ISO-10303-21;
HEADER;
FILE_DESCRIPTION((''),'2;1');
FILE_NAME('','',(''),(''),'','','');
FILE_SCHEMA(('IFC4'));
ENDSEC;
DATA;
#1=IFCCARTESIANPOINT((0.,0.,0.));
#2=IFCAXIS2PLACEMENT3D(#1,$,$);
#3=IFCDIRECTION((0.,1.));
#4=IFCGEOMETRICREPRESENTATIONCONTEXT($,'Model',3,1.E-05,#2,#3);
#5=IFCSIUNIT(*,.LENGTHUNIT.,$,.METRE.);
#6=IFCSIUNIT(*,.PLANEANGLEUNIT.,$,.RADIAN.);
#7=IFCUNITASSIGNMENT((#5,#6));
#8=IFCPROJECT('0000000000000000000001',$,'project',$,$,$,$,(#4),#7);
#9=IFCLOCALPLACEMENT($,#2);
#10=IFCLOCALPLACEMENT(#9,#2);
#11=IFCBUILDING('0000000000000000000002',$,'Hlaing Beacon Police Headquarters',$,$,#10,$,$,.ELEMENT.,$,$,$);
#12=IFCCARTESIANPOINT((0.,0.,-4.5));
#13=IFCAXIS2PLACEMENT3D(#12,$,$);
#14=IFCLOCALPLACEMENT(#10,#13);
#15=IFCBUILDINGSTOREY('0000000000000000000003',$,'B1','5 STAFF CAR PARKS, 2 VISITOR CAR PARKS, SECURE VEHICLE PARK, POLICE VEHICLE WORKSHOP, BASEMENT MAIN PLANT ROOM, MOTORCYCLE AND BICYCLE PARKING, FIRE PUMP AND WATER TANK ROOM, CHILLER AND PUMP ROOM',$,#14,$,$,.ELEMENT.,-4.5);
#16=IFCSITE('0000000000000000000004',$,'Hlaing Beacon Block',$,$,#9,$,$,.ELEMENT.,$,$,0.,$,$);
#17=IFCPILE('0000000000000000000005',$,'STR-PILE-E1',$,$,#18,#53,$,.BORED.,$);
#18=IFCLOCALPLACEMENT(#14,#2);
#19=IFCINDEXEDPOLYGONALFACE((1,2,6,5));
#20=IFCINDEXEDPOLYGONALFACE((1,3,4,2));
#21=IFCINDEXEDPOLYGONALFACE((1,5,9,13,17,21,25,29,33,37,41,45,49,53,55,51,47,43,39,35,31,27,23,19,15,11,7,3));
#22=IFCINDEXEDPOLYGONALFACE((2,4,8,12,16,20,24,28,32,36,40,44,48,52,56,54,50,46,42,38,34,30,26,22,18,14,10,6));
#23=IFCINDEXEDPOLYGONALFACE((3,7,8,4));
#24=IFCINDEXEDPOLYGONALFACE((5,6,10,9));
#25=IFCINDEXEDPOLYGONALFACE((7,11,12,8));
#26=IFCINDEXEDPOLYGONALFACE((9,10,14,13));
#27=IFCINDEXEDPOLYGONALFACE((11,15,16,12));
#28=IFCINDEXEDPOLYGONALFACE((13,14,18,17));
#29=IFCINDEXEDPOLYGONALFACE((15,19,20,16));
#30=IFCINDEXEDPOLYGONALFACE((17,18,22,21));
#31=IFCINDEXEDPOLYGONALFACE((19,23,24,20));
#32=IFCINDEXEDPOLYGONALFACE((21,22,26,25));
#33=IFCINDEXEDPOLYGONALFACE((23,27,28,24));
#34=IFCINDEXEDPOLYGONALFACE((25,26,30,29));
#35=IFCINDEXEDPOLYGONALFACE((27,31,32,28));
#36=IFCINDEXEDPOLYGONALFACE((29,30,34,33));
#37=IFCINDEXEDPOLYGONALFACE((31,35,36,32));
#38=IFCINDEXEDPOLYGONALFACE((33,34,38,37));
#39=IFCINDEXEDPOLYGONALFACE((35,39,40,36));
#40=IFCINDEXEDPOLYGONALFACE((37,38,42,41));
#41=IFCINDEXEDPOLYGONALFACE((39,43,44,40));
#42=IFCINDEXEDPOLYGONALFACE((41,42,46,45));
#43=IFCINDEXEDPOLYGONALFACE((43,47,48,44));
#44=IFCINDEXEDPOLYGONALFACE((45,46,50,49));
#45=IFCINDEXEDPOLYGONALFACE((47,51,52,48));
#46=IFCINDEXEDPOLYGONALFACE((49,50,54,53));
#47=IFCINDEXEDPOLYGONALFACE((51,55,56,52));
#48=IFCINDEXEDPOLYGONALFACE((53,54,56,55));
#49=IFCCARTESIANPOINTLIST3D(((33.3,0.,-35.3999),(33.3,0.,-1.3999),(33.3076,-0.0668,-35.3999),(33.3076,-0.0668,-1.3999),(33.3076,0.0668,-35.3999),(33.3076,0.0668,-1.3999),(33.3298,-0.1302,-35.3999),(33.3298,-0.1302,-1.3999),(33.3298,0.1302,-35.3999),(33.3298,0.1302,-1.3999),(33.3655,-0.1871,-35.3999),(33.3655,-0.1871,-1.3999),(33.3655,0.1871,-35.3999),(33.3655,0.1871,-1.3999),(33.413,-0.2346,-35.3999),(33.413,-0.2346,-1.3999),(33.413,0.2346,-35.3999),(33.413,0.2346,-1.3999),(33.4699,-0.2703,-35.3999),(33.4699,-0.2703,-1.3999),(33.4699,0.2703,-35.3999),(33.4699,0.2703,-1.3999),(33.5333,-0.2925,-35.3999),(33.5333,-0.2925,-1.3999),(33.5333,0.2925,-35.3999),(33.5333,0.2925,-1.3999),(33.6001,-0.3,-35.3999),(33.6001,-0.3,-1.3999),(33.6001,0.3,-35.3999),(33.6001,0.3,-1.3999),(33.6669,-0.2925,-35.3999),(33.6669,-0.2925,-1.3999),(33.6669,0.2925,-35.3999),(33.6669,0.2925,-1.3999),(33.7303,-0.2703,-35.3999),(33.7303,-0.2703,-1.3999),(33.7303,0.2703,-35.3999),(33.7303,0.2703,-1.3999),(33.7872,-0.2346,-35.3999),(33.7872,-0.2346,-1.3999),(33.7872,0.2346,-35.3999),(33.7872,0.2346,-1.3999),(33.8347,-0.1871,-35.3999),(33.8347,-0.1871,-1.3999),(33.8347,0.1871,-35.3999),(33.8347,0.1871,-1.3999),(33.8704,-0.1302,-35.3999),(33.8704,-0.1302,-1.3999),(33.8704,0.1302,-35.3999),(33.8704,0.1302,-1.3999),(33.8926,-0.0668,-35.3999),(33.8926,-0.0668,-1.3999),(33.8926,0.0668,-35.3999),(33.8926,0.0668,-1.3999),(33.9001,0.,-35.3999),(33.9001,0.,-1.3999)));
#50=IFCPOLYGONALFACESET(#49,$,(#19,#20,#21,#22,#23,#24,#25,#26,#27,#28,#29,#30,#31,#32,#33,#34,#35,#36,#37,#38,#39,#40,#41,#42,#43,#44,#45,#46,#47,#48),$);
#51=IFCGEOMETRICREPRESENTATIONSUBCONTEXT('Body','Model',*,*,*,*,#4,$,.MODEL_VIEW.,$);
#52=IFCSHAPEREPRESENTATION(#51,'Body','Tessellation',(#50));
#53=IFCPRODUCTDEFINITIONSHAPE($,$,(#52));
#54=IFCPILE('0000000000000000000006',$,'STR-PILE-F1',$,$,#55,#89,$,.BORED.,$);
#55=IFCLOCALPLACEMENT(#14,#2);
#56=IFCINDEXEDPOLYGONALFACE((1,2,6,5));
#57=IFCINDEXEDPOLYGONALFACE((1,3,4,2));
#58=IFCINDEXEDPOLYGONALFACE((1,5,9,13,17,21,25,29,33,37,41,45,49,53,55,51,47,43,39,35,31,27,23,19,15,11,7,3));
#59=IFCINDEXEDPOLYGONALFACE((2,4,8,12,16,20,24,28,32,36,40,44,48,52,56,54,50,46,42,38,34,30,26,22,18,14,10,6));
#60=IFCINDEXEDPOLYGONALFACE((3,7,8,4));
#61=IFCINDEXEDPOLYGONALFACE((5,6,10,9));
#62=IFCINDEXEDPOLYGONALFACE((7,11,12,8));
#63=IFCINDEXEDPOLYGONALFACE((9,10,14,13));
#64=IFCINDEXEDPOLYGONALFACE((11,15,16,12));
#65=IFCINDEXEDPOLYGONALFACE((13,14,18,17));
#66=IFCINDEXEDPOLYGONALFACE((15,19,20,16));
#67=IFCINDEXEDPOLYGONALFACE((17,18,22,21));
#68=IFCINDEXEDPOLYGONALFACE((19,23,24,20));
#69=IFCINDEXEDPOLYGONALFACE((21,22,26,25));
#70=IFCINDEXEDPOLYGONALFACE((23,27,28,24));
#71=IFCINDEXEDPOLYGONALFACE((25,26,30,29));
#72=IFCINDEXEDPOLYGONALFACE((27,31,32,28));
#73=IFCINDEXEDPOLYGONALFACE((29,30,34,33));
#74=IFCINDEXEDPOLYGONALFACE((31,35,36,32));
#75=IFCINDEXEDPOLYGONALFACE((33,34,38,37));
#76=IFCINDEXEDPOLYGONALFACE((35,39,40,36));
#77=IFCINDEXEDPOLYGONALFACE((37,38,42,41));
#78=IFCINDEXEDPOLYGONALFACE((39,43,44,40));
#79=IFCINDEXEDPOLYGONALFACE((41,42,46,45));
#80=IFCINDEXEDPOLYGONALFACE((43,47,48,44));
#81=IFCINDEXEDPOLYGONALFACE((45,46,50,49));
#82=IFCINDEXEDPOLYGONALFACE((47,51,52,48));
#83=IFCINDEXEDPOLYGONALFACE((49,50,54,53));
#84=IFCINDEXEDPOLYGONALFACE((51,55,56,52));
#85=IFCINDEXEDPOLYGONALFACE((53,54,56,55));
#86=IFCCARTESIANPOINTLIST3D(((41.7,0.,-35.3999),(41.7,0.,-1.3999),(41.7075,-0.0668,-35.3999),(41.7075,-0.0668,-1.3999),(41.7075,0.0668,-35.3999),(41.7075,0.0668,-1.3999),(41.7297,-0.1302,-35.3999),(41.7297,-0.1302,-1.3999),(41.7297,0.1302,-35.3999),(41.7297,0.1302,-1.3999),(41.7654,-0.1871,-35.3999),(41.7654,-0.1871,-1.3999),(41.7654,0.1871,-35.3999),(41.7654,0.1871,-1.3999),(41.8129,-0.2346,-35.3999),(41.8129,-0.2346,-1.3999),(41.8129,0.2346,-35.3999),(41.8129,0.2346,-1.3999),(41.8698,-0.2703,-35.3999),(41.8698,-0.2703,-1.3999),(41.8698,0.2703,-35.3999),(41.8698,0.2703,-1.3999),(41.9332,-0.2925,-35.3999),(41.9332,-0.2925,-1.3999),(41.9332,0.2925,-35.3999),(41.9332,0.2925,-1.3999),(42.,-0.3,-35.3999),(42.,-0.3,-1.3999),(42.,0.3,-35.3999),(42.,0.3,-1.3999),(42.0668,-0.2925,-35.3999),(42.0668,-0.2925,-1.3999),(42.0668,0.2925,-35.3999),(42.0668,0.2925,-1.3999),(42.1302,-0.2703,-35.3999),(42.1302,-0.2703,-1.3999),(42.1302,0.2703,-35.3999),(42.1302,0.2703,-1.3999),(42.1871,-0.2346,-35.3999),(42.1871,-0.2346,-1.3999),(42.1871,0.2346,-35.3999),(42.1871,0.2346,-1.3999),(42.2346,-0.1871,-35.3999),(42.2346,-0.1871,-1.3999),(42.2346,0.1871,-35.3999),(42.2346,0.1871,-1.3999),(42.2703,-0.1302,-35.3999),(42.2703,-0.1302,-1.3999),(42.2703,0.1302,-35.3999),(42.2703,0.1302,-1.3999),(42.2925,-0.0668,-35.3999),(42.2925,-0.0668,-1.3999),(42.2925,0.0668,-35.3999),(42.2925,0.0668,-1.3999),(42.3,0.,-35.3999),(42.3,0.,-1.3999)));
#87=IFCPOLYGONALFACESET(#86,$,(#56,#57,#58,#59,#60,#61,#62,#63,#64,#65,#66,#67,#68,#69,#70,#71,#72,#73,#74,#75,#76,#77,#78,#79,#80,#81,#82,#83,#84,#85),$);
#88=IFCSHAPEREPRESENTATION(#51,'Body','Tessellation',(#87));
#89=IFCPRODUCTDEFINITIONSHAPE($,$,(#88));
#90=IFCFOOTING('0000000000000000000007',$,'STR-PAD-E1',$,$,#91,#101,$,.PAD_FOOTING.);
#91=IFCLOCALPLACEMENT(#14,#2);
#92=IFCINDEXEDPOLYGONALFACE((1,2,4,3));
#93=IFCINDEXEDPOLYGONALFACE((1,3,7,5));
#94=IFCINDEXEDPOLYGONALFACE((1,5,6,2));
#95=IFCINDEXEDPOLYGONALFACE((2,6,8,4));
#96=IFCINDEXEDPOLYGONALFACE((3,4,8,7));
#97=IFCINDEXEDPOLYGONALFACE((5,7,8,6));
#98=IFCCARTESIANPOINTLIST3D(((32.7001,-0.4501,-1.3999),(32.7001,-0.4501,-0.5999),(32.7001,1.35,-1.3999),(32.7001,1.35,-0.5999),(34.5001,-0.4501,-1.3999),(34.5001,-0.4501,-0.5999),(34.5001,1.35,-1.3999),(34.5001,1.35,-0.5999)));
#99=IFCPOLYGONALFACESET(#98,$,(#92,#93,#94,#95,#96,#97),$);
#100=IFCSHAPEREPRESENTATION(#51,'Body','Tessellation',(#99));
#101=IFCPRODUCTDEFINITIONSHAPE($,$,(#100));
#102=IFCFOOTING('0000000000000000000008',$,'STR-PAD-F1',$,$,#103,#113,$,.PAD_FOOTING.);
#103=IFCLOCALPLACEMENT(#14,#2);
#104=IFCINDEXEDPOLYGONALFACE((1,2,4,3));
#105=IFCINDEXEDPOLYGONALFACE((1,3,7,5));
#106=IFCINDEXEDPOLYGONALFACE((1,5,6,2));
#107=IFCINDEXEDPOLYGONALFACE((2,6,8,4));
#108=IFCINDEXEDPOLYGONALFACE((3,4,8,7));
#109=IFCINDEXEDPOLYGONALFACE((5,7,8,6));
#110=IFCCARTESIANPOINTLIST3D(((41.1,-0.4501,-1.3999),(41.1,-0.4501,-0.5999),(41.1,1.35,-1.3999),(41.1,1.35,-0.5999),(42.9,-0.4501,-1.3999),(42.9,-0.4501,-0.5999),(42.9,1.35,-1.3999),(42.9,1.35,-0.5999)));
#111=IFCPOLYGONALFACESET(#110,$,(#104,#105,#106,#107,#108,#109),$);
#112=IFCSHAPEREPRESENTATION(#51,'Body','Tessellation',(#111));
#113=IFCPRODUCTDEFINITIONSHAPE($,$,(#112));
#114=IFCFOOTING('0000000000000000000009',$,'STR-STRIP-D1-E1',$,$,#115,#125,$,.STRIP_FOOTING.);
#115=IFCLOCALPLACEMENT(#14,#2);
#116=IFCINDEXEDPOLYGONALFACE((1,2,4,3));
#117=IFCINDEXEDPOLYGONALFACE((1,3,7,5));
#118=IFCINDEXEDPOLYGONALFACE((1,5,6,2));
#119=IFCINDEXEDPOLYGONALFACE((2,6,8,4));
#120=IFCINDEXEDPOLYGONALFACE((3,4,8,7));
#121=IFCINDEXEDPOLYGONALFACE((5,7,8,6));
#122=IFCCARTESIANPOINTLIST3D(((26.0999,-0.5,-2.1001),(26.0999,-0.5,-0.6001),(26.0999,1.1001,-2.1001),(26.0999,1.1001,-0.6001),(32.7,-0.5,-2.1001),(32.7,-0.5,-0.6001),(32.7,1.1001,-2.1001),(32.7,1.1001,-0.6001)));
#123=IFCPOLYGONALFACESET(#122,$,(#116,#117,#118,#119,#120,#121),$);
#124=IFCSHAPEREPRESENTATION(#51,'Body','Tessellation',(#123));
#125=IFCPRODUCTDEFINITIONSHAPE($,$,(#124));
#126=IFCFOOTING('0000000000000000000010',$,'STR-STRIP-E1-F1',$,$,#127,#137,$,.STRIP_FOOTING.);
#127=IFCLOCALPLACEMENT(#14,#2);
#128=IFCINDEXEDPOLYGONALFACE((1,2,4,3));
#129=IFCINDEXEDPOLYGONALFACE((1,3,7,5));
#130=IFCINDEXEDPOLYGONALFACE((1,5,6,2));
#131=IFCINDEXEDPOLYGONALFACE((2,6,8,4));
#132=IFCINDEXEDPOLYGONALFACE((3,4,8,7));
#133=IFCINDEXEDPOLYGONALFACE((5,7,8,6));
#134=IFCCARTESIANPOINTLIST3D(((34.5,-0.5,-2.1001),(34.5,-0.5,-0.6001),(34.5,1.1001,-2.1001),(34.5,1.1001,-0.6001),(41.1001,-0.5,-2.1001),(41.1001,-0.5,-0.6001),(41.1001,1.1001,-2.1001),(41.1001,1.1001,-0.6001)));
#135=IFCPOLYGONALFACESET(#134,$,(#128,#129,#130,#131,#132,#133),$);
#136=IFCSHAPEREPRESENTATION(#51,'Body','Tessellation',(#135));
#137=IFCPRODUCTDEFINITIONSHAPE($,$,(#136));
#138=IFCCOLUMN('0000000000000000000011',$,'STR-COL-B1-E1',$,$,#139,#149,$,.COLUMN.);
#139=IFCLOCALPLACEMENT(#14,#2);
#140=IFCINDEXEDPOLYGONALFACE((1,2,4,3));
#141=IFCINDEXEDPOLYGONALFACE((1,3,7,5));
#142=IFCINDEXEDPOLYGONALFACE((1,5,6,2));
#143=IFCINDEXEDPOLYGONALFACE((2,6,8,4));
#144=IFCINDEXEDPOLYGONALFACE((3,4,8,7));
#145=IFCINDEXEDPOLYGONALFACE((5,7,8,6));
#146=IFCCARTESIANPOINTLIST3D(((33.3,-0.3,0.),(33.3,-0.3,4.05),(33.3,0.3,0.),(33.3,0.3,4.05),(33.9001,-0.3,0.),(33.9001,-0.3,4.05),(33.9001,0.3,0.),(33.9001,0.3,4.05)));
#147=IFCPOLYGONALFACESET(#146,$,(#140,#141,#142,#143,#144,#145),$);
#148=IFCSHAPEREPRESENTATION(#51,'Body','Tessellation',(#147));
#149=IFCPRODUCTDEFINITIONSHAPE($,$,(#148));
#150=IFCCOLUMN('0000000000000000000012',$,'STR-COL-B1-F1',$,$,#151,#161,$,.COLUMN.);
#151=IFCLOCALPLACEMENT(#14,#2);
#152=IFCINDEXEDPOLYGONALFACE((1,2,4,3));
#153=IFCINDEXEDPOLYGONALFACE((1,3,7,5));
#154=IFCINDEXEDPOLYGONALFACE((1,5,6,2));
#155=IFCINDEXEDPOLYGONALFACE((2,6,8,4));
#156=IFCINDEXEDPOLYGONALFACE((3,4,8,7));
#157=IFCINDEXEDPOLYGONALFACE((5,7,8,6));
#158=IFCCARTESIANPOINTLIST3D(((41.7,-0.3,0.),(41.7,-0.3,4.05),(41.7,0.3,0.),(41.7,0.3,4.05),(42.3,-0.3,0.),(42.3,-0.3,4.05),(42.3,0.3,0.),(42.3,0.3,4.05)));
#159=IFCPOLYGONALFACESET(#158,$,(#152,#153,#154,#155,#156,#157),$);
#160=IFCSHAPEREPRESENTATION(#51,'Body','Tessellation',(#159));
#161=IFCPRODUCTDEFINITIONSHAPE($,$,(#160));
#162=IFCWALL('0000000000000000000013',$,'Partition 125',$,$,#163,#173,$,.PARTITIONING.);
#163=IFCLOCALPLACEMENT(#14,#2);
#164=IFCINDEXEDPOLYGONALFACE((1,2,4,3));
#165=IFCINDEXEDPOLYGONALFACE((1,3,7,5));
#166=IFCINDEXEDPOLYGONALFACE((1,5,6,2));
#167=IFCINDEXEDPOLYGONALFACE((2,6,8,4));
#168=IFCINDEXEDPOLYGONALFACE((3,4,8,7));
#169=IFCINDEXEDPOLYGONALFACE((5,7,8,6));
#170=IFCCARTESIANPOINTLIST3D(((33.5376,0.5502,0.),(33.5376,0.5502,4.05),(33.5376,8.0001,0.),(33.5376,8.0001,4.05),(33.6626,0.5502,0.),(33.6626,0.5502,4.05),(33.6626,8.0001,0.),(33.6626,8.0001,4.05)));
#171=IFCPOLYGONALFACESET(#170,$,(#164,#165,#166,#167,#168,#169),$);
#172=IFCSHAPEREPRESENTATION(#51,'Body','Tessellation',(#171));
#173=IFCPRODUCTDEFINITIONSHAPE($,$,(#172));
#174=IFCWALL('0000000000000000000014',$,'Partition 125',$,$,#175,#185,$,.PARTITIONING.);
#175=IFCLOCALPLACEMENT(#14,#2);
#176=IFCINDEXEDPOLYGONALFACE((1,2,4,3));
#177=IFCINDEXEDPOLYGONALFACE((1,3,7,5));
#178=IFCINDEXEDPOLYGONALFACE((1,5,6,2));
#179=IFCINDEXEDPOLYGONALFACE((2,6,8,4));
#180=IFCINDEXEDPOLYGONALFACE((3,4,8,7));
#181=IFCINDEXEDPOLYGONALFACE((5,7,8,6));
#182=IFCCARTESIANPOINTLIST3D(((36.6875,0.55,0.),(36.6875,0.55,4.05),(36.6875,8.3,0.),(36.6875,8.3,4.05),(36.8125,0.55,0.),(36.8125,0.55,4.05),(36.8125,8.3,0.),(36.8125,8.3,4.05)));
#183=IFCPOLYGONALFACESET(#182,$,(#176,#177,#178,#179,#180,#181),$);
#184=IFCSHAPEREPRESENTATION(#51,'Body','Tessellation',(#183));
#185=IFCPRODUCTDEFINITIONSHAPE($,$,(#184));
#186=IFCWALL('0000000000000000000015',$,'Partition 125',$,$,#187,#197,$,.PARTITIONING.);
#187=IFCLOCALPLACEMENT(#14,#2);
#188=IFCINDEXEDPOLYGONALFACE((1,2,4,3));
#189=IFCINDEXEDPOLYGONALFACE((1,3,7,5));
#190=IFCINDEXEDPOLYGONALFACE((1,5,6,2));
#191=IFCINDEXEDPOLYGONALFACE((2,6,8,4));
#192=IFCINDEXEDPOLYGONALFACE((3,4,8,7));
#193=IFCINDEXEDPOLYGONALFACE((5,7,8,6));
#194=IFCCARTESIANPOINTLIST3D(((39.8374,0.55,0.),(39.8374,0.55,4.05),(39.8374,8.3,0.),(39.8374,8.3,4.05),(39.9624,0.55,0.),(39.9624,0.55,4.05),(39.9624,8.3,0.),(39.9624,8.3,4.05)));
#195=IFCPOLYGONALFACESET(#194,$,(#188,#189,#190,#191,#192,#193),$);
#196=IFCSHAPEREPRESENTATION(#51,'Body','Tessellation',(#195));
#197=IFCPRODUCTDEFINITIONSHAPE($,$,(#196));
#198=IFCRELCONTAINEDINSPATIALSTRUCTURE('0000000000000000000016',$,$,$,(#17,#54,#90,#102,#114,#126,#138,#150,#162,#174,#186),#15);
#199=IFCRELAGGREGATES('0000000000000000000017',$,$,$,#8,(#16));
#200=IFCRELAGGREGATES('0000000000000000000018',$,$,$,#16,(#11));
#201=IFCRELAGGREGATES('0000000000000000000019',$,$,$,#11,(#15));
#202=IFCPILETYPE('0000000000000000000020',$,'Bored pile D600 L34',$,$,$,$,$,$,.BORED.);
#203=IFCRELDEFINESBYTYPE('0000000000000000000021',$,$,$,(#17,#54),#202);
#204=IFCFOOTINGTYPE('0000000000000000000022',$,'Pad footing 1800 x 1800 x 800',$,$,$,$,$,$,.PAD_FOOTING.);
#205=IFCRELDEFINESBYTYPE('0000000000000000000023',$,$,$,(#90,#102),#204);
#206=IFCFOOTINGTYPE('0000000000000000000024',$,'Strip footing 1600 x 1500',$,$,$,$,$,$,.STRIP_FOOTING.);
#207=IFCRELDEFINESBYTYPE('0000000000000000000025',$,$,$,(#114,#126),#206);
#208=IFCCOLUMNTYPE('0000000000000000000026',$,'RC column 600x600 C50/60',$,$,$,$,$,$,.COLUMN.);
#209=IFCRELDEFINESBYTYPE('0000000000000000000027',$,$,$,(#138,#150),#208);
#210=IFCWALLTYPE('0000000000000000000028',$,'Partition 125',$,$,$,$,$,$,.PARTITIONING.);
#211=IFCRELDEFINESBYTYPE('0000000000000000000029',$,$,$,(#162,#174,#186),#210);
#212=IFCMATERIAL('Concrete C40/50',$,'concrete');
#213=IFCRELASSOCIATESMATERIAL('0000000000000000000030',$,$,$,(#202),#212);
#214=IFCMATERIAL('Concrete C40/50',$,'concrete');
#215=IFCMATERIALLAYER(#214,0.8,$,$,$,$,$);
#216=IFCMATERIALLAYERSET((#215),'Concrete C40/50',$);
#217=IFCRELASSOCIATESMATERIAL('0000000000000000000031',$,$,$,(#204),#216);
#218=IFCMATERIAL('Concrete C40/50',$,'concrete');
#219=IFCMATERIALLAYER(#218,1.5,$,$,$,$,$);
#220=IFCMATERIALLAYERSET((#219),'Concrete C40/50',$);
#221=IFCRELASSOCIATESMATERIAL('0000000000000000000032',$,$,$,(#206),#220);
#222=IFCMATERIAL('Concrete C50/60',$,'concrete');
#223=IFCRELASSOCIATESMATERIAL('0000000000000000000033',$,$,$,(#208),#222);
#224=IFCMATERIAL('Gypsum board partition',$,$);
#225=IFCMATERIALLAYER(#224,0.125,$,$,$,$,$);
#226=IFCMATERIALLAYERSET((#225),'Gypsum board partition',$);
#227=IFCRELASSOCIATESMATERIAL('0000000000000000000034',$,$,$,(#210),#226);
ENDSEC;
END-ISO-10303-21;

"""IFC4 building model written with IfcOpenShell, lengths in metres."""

from ifc_helpers import new_model, si_unit, direction, frame, frame_2d, origin, origin_2d, place, context, subcontext, project, spatial, rectangle, circle, extrude, material, layer, layer_set, material_profile, profile_set, type_object, element, save


model = new_model("IFC4")

# Units and contexts
model_context = context("Model", 3, precision=1e-05, world=origin(), true_north=direction((0.0, 1.0)))
body_context = subcontext(model_context, "Body", "Model", "MODEL_VIEW")
ifc_project = project(units=[si_unit("LENGTHUNIT", "METRE"), si_unit("PLANEANGLEUNIT", "RADIAN")], contexts=[model_context])

# Site, building, storey
site_placement = place(None, origin())
site = spatial("IfcSite", under=ifc_project, at=site_placement, Name="Hlaing Beacon Block", CompositionType="ELEMENT", RefElevation=0.0)
building_placement = place(site_placement, origin())
building = spatial("IfcBuilding", under=site, at=building_placement, Name="Hlaing Beacon Police Headquarters", CompositionType="ELEMENT")
storey_placement = place(building_placement, frame((0.0, 0.0, -4.5)))
storey = spatial("IfcBuildingStorey", under=building, at=storey_placement, Name="B1", Description="5 STAFF CAR PARKS, 2 VISITOR CAR PARKS, SECURE VEHICLE PARK, POLICE VEHICLE WORKSHOP, BASEMENT MAIN PLANT ROOM, MOTORCYCLE AND BICYCLE PARKING, FIRE PUMP AND WATER TANK ROOM, CHILLER AND PUMP ROOM", CompositionType="ELEMENT", Elevation=-4.5)

# Piles
ifc_material_1 = material(Name="Concrete C40/50", Category="concrete")
ifc_material_profile_1 = material_profile(ifc_material_1, circle(Radius=0.3, at=origin_2d()), Name="D600")
ifc_profile_set_1 = profile_set([ifc_material_profile_1], Name="Concrete C40/50")
pile_type = type_object("IfcPileType", Name="Bored pile D600 L34", PredefinedType="BORED", material=ifc_profile_set_1)
for number, where, z_axis, x_axis, name in (
    (1, (33.6001, 0.0, -1.3999), (0.0, 0.0, -1.0), (1.0, 0.0, 0.0), "STR-PILE-E1"),
    (2, (42.0, 0.0, -1.3999), (0.0, 0.0, -1.0), (1.0, 0.0, 0.0), "STR-PILE-F1"),
):
    element("IfcPile", number, at=place(storey_placement, frame(where, z_axis=z_axis, x_axis=x_axis)), inside=storey, type_object=pile_type, Name=name, PredefinedType="BORED", context=body_context, shape_type="SweptSolid", body=[
        extrude(circle(Radius=0.3, at=origin_2d()), origin(), (0.0, 0.0, 1.0), 34.0),
    ])

# Footings
ifc_material_2 = material(Name="Concrete C40/50", Category="concrete")
ifc_layer_1 = layer(ifc_material_2, 0.8)
ifc_layer_set_1 = layer_set([ifc_layer_1], Name="Concrete C40/50")
footing_type_1 = type_object("IfcFootingType", Name="Pad footing 1800 x 1800 x 800", PredefinedType="PAD_FOOTING", material=ifc_layer_set_1)
for number, where, z_axis, x_axis, name in (
    (3, (33.6001, 0.45, -1.3999), (0.0, 0.0, 1.0), (1.0, 0.0, 0.0), "STR-PAD-E1"),
    (4, (42.0, 0.45, -1.3999), (0.0, 0.0, 1.0), (1.0, 0.0, 0.0), "STR-PAD-F1"),
):
    element("IfcFooting", number, at=place(storey_placement, frame(where, z_axis=z_axis, x_axis=x_axis)), inside=storey, type_object=footing_type_1, Name=name, PredefinedType="PAD_FOOTING", context=body_context, shape_type="SweptSolid", body=[
        extrude(rectangle(XDim=1.8, YDim=1.8, at=origin_2d()), origin(), (0.0, 0.0, 1.0), 0.8),
    ])
ifc_material_3 = material(Name="Concrete C40/50", Category="concrete")
ifc_layer_2 = layer(ifc_material_3, 1.5)
ifc_layer_set_2 = layer_set([ifc_layer_2], Name="Concrete C40/50")
footing_type_2 = type_object("IfcFootingType", Name="Strip footing 1600 x 1500", PredefinedType="STRIP_FOOTING", material=ifc_layer_set_2)
for number, where, z_axis, x_axis, name in (
    (5, (29.3999, 0.3, -2.1001), (0.0, 0.0, 1.0), (1.0, 0.0, 0.0), "STR-STRIP-D1-E1"),
    (6, (37.8, 0.3, -2.1001), (0.0, 0.0, 1.0), (1.0, 0.0, 0.0), "STR-STRIP-E1-F1"),
):
    element("IfcFooting", number, at=place(storey_placement, frame(where, z_axis=z_axis, x_axis=x_axis)), inside=storey, type_object=footing_type_2, Name=name, PredefinedType="STRIP_FOOTING", context=body_context, shape_type="SweptSolid", body=[
        extrude(rectangle(XDim=6.6001, YDim=1.6001, at=origin_2d()), origin(), (0.0, 0.0, 1.0), 1.5),
    ])

# Columns
ifc_material_4 = material(Name="Concrete C50/60", Category="concrete")
ifc_material_profile_2 = material_profile(ifc_material_4, rectangle(XDim=0.6001, YDim=0.6001, at=origin_2d()), Name="600x600")
ifc_profile_set_2 = profile_set([ifc_material_profile_2], Name="Concrete C50/60")
column_type = type_object("IfcColumnType", Name="RC column 600x600 C50/60", PredefinedType="COLUMN", material=ifc_profile_set_2)
for number, where, z_axis, x_axis, name in (
    (7, (33.6001, 0.0, 0.0), (0.0, 0.0, 1.0), (1.0, 0.0, 0.0), "STR-COL-B1-E1"),
    (8, (42.0, 0.0, 0.0), (0.0, 0.0, 1.0), (1.0, 0.0, 0.0), "STR-COL-B1-F1"),
):
    element("IfcColumn", number, at=place(storey_placement, frame(where, z_axis=z_axis, x_axis=x_axis)), inside=storey, type_object=column_type, Name=name, PredefinedType="COLUMN", context=body_context, shape_type="SweptSolid", body=[
        extrude(rectangle(XDim=0.6001, YDim=0.6001, at=origin_2d()), origin(), (0.0, 0.0, 1.0), 4.05),
    ])

# Walls
ifc_material_5 = material(Name="Gypsum board partition")
ifc_layer_3 = layer(ifc_material_5, 0.125)
ifc_layer_set_3 = layer_set([ifc_layer_3], Name="Gypsum board partition")
wall_type_1 = type_object("IfcWallType", Name="Partition 125", PredefinedType="PARTITIONING", material=ifc_layer_set_3)
wall_1_placement = place(storey_placement, frame((33.6001, 0.55, 0.0), z_axis=(0.0, 0.0, 1.0), x_axis=(0.0, 1.0, 0.0)))
element("IfcWall", 9, at=wall_1_placement, inside=storey, type_object=wall_type_1, Name="Partition 125", PredefinedType="PARTITIONING", context=body_context, shape_type="SweptSolid", body=[
    extrude(rectangle(XDim=7.45, YDim=0.125, at=frame_2d((3.7251, 0.0))), origin(), (0.0, 0.0, 1.0), 4.05),
])
for number, where, z_axis, x_axis, name in (
    (10, (36.75, 0.55, 0.0), (0.0, 0.0, 1.0), (0.0, 1.0, 0.0), "Partition 125"),
    (11, (39.8999, 0.55, 0.0), (0.0, 0.0, 1.0), (0.0, 1.0, 0.0), "Partition 125"),
):
    element("IfcWall", number, at=place(storey_placement, frame(where, z_axis=z_axis, x_axis=x_axis)), inside=storey, type_object=wall_type_1, Name=name, PredefinedType="PARTITIONING", context=body_context, shape_type="SweptSolid", body=[
        extrude(rectangle(XDim=7.75, YDim=0.125, at=frame_2d((3.875, 0.0))), origin(), (0.0, 0.0, 1.0), 4.05),
    ])

save(model, "model.ifc")
